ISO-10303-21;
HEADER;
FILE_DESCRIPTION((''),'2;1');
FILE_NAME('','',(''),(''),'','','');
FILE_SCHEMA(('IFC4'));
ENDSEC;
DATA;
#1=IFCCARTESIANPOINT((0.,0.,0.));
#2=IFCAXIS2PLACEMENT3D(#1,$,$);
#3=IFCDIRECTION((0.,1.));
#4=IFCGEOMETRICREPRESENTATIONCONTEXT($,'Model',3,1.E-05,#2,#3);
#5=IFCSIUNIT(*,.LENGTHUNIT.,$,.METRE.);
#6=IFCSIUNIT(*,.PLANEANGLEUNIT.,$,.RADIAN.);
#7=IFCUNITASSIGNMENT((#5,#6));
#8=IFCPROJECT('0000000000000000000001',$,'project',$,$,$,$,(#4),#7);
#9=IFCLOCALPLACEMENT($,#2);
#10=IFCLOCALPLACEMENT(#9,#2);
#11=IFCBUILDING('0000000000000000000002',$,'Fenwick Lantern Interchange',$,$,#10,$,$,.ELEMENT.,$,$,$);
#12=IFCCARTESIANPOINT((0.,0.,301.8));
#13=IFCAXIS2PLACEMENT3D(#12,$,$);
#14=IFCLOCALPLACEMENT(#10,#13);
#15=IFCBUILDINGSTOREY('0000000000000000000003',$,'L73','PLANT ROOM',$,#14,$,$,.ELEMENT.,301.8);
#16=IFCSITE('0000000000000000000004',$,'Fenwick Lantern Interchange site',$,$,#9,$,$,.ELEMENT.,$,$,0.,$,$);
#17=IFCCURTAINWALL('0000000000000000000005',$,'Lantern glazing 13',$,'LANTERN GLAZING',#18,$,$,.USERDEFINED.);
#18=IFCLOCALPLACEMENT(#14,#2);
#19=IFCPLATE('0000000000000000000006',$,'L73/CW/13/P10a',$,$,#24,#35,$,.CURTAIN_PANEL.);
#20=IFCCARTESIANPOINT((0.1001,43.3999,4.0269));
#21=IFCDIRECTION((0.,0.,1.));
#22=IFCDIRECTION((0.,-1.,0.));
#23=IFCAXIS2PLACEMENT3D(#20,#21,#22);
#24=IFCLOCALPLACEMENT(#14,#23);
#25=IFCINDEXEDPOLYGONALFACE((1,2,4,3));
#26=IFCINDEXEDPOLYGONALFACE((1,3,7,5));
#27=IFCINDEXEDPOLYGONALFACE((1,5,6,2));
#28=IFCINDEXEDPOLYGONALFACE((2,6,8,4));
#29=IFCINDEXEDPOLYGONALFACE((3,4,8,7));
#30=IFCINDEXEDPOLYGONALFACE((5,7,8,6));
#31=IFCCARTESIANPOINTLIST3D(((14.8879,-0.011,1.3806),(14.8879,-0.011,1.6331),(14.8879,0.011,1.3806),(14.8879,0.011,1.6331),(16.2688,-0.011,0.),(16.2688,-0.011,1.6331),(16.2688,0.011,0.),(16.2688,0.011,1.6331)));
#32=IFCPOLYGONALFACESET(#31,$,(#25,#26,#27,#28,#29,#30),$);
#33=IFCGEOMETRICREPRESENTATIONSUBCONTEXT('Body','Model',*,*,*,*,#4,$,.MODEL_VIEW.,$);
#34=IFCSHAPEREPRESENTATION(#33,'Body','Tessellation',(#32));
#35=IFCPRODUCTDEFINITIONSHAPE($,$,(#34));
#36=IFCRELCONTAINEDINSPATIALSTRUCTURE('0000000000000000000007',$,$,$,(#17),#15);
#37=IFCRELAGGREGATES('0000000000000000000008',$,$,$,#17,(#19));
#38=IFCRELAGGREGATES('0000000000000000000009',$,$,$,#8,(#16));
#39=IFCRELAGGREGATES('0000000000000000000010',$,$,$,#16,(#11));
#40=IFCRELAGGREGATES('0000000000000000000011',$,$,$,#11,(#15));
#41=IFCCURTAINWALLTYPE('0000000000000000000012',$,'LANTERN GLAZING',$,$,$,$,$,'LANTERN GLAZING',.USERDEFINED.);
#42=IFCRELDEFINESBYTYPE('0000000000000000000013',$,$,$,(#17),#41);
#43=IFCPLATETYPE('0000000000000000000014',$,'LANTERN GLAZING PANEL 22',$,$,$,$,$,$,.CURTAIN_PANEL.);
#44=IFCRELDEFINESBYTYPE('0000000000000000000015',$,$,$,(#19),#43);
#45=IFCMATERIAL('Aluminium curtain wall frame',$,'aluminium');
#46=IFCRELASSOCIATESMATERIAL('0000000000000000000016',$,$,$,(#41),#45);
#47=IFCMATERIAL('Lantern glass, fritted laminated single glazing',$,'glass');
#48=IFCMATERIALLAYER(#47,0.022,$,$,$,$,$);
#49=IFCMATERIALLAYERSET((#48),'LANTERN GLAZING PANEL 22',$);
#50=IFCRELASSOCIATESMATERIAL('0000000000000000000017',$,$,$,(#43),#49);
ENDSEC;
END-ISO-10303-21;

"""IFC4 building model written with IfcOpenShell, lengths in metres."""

from ifc_helpers import new_model, si_unit, direction, frame, origin, place, context, subcontext, project, spatial, polyline, outline, extrude, material, layer, layer_set, type_object, element, aggregate, save


model = new_model("IFC4")

# Units and contexts
model_context = context("Model", 3, precision=1e-05, world=origin(), true_north=direction((0.0, 1.0)))
body_context = subcontext(model_context, "Body", "Model", "MODEL_VIEW")
ifc_project = project(units=[si_unit("LENGTHUNIT", "METRE"), si_unit("PLANEANGLEUNIT", "RADIAN")], contexts=[model_context])

# Site, building, storey
site_placement = place(None, origin())
site = spatial("IfcSite", under=ifc_project, at=site_placement, Name="Fenwick Lantern Interchange site", CompositionType="ELEMENT", RefElevation=0.0)
building_placement = place(site_placement, origin())
building = spatial("IfcBuilding", under=site, at=building_placement, Name="Fenwick Lantern Interchange", CompositionType="ELEMENT")
storey_placement = place(building_placement, frame((0.0, 0.0, 301.8)))
storey = spatial("IfcBuildingStorey", under=building, at=storey_placement, Name="L73", Description="PLANT ROOM", CompositionType="ELEMENT", Elevation=301.8)

# Curtain wall, plate
ifc_material_1 = material(Name="Aluminium curtain wall frame", Category="aluminium")
curtain_wall_type = type_object("IfcCurtainWallType", Name="LANTERN GLAZING", ElementType="LANTERN GLAZING", PredefinedType="USERDEFINED", material=ifc_material_1)
curtain_wall_placement = place(storey_placement, origin())
curtain_wall = element("IfcCurtainWall", 1, at=curtain_wall_placement, inside=storey, type_object=curtain_wall_type, Name="Lantern glazing 13", ObjectType="LANTERN GLAZING", PredefinedType="USERDEFINED")
ifc_material_2 = material(Name="Lantern glass, fritted laminated single glazing", Category="glass")
ifc_layer = layer(ifc_material_2, 0.022)
ifc_layer_set = layer_set([ifc_layer], Name="LANTERN GLAZING PANEL 22")
plate_type = type_object("IfcPlateType", Name="LANTERN GLAZING PANEL 22", PredefinedType="CURTAIN_PANEL", material=ifc_layer_set)
plate_placement = place(storey_placement, frame((0.1001, 43.3999, 4.0269), z_axis=(0.0, 0.0, 1.0), x_axis=(0.0, -1.0, 0.0)))
plate = element("IfcPlate", 2, at=plate_placement, type_object=plate_type, Name="L73/CW/13/P10a", PredefinedType="CURTAIN_PANEL", context=body_context, shape_type="SweptSolid", body=[
    extrude(outline(polyline([(16.2688, 0.0), (16.2688, 1.6331), (14.8879, 1.6331), (14.8879, 1.3806), (16.2688, 0.0)])), frame((0.0, 0.011, 0.0), z_axis=(0.0, -1.0, 0.0), x_axis=(1.0, 0.0, 0.0)), (0.0, 0.0, 1.0), 0.022),
])
aggregate(curtain_wall, [plate])

save(model, "model.ifc")
